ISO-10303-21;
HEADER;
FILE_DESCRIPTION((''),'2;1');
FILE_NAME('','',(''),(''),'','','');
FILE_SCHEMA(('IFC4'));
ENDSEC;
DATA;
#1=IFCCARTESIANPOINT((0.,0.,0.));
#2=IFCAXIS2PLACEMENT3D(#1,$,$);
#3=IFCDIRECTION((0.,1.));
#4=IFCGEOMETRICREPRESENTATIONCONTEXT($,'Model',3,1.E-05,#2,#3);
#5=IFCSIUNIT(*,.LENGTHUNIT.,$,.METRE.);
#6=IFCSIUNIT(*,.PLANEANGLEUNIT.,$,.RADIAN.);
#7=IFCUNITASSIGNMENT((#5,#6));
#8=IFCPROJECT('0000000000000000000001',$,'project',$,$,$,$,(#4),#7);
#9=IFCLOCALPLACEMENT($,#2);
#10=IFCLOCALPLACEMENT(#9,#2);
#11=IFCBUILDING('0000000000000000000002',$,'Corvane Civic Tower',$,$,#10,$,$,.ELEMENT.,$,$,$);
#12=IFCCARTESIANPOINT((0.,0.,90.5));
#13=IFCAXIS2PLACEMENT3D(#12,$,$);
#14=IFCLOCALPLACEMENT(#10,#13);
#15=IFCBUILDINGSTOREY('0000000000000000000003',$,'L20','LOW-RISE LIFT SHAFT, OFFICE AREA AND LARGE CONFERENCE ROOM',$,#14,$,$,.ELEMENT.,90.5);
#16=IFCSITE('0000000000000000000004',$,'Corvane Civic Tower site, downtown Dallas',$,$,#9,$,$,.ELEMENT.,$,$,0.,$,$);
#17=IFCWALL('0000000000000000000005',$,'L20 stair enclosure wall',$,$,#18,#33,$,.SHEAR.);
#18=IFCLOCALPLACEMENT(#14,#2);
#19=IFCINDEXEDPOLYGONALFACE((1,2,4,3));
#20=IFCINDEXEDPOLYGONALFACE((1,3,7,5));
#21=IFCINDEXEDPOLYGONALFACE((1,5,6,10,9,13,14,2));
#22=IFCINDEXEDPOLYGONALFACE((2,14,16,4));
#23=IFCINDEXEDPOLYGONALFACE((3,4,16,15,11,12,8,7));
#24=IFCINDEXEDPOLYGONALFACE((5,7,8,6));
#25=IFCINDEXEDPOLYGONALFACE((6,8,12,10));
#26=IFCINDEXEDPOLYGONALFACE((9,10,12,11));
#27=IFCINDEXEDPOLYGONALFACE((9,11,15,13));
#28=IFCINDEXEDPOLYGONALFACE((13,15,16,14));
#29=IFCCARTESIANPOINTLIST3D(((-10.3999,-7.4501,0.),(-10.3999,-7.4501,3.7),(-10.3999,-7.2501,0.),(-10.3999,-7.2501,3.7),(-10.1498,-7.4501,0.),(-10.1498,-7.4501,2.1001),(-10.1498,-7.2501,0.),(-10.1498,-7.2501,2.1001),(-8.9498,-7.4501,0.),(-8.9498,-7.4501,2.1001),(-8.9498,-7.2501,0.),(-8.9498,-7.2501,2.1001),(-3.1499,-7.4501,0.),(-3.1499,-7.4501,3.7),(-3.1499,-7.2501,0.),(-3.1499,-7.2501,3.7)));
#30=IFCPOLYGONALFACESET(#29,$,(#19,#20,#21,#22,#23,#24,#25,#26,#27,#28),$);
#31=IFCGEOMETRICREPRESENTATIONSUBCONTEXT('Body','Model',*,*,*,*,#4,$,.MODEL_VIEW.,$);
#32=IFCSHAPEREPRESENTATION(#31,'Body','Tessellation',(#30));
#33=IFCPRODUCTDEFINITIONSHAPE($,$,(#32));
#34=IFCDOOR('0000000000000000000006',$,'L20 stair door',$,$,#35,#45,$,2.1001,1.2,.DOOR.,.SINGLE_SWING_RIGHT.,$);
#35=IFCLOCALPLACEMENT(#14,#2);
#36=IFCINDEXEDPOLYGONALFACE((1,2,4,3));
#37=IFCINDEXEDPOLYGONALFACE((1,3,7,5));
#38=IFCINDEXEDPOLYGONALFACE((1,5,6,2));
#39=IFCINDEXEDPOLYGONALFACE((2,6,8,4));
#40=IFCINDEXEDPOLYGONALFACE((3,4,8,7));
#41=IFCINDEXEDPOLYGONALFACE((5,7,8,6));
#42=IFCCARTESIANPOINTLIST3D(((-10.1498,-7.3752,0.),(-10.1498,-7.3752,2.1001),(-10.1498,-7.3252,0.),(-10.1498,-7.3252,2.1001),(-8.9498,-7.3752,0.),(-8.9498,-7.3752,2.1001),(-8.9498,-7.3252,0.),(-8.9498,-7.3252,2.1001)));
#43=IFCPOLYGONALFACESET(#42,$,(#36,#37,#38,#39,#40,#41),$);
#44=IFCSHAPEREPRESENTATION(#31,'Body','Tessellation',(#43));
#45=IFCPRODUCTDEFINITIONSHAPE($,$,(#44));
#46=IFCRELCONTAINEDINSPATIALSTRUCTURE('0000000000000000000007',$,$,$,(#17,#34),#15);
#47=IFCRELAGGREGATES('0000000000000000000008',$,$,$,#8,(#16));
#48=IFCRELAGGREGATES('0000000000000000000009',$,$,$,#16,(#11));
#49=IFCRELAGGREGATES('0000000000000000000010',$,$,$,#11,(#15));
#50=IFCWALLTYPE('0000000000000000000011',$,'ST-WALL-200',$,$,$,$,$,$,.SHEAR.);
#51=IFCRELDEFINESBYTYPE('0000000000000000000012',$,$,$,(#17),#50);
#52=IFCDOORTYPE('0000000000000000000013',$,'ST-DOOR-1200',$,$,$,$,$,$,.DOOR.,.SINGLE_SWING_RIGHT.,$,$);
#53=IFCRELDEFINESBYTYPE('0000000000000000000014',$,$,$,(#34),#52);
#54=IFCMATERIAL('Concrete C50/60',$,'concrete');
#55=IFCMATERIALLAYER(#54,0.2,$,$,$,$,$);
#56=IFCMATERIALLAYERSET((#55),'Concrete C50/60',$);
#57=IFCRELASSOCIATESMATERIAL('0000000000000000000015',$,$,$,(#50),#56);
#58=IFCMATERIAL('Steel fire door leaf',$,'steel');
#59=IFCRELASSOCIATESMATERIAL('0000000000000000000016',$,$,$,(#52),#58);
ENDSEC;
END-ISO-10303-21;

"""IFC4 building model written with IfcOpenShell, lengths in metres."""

from ifc_helpers import new_model, si_unit, direction, frame, frame_2d, origin, place, context, subcontext, project, spatial, rectangle, extrude, material, layer, layer_set, type_object, element, fill, save


model = new_model("IFC4")

# Units and contexts
model_context = context("Model", 3, precision=1e-05, world=origin(), true_north=direction((0.0, 1.0)))
body_context = subcontext(model_context, "Body", "Model", "MODEL_VIEW")
ifc_project = project(units=[si_unit("LENGTHUNIT", "METRE"), si_unit("PLANEANGLEUNIT", "RADIAN")], contexts=[model_context])

# Site, building, storey
site_placement = place(None, origin())
site = spatial("IfcSite", under=ifc_project, at=site_placement, Name="Corvane Civic Tower site, downtown Dallas", CompositionType="ELEMENT", RefElevation=0.0)
building_placement = place(site_placement, origin())
building = spatial("IfcBuilding", under=site, at=building_placement, Name="Corvane Civic Tower", CompositionType="ELEMENT")
storey_placement = place(building_placement, frame((0.0, 0.0, 90.5)))
storey = spatial("IfcBuildingStorey", under=building, at=storey_placement, Name="L20", Description="LOW-RISE LIFT SHAFT, OFFICE AREA AND LARGE CONFERENCE ROOM", CompositionType="ELEMENT", Elevation=90.5)

# Wall, opening, door
ifc_material_1 = material(Name="Concrete C50/60", Category="concrete")
ifc_layer_1 = layer(ifc_material_1, 0.2)
ifc_layer_set_1 = layer_set([ifc_layer_1], Name="Concrete C50/60")
wall_type_1 = type_object("IfcWallType", Name="ST-WALL-200", PredefinedType="SHEAR", material=ifc_layer_set_1)
wall_1_placement = place(storey_placement, frame((-10.3999, -7.3501, 0.0), z_axis=(0.0, 0.0, 1.0), x_axis=(1.0, 0.0, 0.0)))
wall_1 = element("IfcWall", 1, at=wall_1_placement, inside=storey, type_object=wall_type_1, Name="L20 stair enclosure wall", PredefinedType="SHEAR", context=body_context, shape_type="SweptSolid", body=[
    extrude(rectangle(XDim=7.25, YDim=0.2, at=frame_2d((3.625, 0.0))), origin(), (0.0, 0.0, 1.0), 3.7),
])
opening_1_placement = place(wall_1_placement, frame((0.25, 0.0, 0.0)))
opening_1 = element("IfcOpeningElement", 2, at=opening_1_placement, cuts=wall_1, PredefinedType="OPENING", context=body_context, shape_type="SweptSolid", body=[
    extrude(rectangle(XDim=1.2, YDim=2.1001, at=frame_2d((0.6001, 1.05))), frame((0.0, 0.1099, 0.0), z_axis=(0.0, -1.0, 0.0), x_axis=(1.0, 0.0, 0.0)), (0.0, 0.0, 1.0), 0.22),
])
ifc_material_2 = material(Name="Steel fire door leaf", Category="steel")
door_type_1 = type_object("IfcDoorType", Name="ST-DOOR-1200", OperationType="SINGLE_SWING_RIGHT", PredefinedType="DOOR", material=ifc_material_2)
door_1_placement = place(opening_1_placement, origin())
door_1 = element("IfcDoor", 3, at=door_1_placement, inside=storey, type_object=door_type_1, Name="L20 stair door", OperationType="SINGLE_SWING_RIGHT", OverallHeight=2.1001, OverallWidth=1.2, PredefinedType="DOOR", context=body_context, shape_type="SweptSolid", body=[
    extrude(rectangle(XDim=1.2, YDim=2.1001, at=frame_2d((0.6001, 1.05))), frame((0.0, 0.0249, 0.0), z_axis=(0.0, -1.0, 0.0), x_axis=(1.0, 0.0, 0.0)), (0.0, 0.0, 1.0), 0.05),
])
fill(opening_1, door_1)

save(model, "model.ifc")
